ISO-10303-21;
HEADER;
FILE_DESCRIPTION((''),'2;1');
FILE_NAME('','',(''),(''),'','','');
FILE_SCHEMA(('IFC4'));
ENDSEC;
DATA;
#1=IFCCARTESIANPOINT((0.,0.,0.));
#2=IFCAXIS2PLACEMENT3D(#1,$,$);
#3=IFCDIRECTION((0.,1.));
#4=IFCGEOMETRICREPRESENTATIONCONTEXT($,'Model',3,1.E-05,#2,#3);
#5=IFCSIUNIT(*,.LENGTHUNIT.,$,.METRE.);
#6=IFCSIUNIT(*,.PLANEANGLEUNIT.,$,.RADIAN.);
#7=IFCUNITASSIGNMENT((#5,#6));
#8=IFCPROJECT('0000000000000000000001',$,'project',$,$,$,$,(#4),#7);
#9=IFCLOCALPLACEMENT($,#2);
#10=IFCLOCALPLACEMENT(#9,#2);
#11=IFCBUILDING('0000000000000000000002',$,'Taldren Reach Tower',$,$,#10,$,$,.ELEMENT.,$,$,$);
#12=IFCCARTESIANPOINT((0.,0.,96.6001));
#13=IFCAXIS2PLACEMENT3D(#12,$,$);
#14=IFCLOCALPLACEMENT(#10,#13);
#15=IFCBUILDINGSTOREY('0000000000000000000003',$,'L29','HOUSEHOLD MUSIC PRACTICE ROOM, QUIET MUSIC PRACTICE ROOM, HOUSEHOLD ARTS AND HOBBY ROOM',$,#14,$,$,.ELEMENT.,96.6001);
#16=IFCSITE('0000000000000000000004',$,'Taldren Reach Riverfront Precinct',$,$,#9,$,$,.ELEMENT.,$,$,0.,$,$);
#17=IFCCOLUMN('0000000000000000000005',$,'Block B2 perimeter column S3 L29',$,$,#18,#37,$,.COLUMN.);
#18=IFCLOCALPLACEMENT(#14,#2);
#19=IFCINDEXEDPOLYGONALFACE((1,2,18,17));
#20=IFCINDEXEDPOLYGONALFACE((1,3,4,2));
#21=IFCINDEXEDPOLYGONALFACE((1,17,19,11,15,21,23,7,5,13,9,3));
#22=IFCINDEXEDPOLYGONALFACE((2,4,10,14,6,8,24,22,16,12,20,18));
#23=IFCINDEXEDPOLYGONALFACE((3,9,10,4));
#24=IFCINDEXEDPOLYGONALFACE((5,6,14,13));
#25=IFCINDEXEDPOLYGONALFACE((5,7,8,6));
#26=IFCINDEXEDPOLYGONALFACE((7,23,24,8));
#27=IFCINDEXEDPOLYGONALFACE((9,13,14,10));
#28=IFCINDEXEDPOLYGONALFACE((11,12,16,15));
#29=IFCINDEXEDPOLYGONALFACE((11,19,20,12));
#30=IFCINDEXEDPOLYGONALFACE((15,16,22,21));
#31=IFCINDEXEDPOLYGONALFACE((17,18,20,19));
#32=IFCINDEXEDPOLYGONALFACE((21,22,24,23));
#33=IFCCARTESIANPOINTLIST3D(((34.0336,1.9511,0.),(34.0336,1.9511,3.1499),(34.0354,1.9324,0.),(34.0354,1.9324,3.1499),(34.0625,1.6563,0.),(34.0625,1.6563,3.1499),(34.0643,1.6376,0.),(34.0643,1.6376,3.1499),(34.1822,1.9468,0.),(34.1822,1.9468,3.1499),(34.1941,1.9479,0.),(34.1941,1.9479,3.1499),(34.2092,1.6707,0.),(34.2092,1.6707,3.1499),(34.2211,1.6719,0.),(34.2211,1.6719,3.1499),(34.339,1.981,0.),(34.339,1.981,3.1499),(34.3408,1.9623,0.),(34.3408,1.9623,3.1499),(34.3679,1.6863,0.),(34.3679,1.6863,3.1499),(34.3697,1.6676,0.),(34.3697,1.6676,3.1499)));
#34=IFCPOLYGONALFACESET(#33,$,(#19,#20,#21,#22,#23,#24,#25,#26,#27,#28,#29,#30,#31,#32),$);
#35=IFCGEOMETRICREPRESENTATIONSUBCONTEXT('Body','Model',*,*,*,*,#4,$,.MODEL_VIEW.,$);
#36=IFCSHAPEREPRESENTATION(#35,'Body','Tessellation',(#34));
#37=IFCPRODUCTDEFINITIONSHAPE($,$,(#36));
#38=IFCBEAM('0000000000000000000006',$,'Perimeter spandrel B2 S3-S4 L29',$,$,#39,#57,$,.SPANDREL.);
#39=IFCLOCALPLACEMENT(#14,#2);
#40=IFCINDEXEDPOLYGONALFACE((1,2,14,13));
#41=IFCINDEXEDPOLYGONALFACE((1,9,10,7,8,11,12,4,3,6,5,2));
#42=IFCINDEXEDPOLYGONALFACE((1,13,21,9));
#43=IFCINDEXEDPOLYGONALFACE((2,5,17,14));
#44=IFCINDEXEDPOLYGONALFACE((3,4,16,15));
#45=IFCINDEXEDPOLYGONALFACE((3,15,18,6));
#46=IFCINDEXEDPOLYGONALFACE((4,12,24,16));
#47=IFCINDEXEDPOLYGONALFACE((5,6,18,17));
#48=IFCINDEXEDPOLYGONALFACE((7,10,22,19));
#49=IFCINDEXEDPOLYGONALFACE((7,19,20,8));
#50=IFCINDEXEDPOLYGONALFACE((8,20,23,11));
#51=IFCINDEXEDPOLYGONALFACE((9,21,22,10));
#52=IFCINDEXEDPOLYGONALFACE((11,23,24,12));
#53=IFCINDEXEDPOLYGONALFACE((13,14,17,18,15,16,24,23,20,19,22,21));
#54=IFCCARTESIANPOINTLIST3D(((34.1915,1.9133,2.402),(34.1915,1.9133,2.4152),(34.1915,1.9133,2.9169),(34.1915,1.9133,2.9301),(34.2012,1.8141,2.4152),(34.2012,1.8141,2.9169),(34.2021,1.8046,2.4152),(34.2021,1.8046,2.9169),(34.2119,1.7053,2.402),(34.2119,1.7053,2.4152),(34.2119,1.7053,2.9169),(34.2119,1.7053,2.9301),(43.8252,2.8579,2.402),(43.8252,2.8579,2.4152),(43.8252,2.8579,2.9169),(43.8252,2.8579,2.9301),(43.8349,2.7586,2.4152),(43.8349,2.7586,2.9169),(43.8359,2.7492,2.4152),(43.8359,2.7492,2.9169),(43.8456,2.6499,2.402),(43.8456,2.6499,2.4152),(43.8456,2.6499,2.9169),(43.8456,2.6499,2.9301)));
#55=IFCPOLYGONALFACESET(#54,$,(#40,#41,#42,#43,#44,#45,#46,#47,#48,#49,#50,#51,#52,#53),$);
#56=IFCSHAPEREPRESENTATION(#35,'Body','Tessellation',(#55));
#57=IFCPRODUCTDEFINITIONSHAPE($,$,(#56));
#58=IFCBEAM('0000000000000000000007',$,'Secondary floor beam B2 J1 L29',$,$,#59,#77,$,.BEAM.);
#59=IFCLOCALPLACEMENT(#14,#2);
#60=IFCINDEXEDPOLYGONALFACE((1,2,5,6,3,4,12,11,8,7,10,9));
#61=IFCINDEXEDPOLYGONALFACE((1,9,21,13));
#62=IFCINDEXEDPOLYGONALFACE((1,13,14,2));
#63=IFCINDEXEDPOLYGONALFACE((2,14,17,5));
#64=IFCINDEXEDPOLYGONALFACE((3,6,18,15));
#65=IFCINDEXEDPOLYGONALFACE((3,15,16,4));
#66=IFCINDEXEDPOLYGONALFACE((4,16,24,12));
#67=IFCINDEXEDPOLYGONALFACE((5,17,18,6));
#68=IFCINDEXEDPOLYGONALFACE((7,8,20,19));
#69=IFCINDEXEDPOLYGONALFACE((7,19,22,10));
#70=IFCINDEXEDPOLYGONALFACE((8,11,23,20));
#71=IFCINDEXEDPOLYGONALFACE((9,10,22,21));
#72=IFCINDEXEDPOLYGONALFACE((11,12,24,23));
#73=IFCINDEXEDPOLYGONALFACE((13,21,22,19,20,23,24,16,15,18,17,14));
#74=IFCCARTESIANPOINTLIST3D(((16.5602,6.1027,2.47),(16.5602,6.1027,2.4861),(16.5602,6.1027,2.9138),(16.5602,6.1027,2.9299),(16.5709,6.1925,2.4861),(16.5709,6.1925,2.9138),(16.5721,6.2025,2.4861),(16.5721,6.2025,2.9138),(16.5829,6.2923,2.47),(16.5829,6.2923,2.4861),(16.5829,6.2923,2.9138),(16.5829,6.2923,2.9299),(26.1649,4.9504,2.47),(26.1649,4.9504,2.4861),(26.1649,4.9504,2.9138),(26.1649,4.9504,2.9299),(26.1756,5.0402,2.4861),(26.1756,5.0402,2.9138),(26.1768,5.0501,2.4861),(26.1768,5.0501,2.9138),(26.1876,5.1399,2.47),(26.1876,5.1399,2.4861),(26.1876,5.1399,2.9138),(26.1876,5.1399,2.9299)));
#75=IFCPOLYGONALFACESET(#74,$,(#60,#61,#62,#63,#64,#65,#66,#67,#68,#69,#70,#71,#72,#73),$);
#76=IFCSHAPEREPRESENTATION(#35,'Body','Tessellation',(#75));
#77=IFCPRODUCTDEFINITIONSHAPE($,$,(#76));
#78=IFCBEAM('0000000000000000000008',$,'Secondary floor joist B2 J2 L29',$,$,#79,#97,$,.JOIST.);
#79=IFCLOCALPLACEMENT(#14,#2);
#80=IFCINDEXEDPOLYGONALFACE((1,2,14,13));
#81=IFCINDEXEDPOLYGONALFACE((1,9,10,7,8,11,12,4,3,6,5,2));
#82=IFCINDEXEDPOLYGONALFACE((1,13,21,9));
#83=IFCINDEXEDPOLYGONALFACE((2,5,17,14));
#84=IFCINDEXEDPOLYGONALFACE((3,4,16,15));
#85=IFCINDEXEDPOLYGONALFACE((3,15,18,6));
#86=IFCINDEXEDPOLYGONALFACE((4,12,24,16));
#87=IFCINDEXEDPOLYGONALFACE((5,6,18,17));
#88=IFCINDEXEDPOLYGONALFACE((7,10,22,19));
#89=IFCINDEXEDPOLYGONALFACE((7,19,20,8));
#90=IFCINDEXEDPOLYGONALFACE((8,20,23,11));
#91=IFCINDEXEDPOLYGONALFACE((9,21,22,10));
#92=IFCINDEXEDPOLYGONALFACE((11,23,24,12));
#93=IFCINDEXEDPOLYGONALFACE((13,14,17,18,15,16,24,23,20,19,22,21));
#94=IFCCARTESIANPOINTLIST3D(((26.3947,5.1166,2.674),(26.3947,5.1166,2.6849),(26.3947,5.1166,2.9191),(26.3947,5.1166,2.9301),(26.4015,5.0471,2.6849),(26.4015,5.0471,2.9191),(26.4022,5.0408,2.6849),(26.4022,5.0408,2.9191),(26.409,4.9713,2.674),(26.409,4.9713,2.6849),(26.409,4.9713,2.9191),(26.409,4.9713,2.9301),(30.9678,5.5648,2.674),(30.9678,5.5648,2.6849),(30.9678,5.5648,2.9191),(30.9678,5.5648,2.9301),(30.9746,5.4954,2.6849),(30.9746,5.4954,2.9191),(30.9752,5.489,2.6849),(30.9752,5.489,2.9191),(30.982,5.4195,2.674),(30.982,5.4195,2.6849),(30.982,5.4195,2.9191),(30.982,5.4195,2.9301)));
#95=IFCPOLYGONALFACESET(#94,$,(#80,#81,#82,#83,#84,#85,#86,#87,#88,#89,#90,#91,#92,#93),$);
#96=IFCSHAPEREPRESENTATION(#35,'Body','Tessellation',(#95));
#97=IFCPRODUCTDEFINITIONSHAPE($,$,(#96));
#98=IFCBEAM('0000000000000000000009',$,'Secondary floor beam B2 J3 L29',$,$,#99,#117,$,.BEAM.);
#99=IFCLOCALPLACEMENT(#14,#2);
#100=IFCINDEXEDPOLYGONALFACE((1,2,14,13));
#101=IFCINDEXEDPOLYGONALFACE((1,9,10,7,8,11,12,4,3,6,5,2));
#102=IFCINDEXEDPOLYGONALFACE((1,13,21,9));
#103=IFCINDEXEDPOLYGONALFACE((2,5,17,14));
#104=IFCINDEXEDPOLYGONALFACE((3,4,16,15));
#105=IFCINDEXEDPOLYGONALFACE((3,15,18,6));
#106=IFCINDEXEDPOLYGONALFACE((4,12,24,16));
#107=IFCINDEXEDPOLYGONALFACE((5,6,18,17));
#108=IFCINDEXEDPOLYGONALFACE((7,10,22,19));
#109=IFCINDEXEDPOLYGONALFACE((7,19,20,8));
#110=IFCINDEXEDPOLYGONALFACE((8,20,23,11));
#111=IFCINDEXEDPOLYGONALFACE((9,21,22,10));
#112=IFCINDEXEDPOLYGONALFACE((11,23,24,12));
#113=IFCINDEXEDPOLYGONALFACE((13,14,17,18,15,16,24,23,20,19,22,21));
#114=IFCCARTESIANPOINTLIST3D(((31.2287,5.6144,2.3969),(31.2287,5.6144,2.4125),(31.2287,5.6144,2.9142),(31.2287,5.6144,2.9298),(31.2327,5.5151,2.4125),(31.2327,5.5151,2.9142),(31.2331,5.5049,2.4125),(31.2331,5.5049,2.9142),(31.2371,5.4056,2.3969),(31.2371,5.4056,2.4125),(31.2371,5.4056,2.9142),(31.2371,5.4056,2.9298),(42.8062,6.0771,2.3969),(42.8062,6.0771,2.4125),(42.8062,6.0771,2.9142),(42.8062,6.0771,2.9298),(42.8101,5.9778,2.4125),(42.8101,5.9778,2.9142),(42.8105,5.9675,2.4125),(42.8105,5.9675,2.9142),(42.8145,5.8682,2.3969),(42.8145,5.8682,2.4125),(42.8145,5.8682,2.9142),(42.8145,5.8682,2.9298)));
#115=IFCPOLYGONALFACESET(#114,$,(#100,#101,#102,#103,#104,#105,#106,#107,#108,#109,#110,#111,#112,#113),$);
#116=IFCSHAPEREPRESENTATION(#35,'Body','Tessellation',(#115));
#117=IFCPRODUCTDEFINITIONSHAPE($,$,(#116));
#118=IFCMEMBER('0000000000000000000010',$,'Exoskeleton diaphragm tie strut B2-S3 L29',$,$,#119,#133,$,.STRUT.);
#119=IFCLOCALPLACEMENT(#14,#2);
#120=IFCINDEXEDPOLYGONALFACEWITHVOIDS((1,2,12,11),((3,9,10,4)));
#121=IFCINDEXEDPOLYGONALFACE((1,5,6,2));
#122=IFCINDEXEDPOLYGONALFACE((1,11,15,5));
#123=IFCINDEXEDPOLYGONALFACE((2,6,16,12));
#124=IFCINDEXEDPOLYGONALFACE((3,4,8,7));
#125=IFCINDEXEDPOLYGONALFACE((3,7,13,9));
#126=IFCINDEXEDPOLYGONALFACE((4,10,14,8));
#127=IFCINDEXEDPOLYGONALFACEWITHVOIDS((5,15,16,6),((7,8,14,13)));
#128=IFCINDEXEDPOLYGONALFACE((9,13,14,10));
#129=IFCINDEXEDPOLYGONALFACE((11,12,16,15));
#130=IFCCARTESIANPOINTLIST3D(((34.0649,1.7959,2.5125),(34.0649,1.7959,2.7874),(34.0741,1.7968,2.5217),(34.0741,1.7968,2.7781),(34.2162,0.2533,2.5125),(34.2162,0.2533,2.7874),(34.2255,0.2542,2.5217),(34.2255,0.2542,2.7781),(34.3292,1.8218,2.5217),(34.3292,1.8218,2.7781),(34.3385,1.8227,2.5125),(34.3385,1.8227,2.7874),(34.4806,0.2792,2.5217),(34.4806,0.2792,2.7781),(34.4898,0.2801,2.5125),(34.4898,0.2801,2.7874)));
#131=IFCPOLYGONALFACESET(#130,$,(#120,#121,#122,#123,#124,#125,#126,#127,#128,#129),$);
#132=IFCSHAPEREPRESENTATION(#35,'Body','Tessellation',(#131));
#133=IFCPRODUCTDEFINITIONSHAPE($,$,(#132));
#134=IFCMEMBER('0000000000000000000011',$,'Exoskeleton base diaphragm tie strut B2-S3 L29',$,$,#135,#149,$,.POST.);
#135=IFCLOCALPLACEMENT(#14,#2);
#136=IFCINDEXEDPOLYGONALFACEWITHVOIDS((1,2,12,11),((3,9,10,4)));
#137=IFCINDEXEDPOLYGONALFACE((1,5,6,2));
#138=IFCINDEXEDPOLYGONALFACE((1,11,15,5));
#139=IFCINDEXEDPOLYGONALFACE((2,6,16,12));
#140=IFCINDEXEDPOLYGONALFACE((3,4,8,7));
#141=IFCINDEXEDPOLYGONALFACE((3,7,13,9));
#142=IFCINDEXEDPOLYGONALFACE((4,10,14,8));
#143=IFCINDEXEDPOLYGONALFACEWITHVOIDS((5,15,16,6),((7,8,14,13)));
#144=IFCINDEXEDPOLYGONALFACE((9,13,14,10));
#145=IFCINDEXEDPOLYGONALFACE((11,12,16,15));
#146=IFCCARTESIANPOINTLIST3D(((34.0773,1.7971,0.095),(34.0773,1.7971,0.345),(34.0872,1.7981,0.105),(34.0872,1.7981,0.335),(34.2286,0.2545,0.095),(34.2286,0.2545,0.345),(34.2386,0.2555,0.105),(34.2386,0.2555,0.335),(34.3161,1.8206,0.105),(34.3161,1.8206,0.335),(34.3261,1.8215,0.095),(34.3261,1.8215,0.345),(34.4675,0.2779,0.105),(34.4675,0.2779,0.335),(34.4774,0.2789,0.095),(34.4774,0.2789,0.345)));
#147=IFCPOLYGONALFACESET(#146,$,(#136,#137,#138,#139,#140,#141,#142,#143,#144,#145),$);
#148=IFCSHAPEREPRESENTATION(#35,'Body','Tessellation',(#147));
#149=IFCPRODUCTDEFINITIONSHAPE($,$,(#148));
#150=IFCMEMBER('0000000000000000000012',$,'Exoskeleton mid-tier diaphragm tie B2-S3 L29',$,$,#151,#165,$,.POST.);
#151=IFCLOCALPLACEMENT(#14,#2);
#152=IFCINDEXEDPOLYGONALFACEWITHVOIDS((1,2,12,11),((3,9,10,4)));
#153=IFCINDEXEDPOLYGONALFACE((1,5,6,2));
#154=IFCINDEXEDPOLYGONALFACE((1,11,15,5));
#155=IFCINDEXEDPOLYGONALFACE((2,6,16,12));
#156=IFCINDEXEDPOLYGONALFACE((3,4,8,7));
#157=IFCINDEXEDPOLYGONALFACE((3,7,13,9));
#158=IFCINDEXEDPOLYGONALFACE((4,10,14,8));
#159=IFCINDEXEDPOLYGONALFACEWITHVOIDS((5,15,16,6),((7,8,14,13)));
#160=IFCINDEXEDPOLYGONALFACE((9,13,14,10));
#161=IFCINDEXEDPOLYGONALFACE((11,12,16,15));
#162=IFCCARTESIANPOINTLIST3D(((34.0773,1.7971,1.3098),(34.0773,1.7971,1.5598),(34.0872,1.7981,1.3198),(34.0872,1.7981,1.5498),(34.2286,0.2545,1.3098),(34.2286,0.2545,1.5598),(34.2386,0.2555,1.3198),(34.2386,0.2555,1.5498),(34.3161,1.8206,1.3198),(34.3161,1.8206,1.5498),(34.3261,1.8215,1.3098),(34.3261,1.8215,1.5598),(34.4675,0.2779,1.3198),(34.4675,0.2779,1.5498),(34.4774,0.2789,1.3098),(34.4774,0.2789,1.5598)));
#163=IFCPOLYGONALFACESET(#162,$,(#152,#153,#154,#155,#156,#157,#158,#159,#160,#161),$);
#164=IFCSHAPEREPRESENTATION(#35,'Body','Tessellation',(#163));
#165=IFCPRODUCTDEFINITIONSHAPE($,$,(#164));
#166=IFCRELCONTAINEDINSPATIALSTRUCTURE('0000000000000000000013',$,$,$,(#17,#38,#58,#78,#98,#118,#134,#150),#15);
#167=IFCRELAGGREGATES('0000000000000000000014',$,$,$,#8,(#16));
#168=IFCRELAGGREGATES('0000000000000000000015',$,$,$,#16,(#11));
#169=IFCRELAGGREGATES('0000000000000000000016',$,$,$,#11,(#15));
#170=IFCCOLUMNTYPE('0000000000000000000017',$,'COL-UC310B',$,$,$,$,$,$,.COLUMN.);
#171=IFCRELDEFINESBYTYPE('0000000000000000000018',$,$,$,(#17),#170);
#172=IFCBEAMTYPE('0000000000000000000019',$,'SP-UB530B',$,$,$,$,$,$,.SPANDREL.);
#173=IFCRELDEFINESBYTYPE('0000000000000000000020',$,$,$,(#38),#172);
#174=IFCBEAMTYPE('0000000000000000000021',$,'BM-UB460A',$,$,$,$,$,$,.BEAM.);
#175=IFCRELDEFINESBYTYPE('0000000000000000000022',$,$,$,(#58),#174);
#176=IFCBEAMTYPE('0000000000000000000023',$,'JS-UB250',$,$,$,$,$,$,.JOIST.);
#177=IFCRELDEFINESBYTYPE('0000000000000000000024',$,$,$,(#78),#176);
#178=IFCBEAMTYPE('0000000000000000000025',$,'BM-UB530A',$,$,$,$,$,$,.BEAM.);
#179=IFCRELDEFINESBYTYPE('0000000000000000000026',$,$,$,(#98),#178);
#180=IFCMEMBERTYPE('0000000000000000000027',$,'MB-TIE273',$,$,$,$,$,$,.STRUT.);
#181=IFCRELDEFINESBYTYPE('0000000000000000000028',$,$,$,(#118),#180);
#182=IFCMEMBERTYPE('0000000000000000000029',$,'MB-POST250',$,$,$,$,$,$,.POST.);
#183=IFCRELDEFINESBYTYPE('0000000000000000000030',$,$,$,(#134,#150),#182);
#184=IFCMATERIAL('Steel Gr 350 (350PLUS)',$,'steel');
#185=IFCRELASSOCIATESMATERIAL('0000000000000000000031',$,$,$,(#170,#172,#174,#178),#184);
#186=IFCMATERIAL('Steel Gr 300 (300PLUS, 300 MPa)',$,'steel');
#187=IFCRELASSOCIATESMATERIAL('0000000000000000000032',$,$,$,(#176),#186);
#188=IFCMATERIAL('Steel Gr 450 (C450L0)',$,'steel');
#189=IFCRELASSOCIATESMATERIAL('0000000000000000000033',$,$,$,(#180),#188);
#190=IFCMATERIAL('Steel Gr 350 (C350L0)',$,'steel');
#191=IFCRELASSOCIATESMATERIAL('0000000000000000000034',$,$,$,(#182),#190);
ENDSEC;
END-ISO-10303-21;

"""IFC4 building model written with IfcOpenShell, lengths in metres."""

from ifc_helpers import new_model, si_unit, direction, frame, origin, origin_2d, place, context, subcontext, project, spatial, hollow_rectangle, i_section, extrude, source, transform, mapped, material, material_profile, profile_set, type_object, element, save


model = new_model("IFC4")

# Units and contexts
model_context = context("Model", 3, precision=1e-05, world=origin(), true_north=direction((0.0, 1.0)))
body_context = subcontext(model_context, "Body", "Model", "MODEL_VIEW")
ifc_project = project(units=[si_unit("LENGTHUNIT", "METRE"), si_unit("PLANEANGLEUNIT", "RADIAN")], contexts=[model_context])

# Site, building, storey
site_placement = place(None, origin())
site = spatial("IfcSite", under=ifc_project, at=site_placement, Name="Taldren Reach Riverfront Precinct", CompositionType="ELEMENT", RefElevation=0.0)
building_placement = place(site_placement, origin())
building = spatial("IfcBuilding", under=site, at=building_placement, Name="Taldren Reach Tower", CompositionType="ELEMENT")
storey_placement = place(building_placement, frame((0.0, 0.0, 96.6001)))
storey = spatial("IfcBuildingStorey", under=building, at=storey_placement, Name="L29", Description="HOUSEHOLD MUSIC PRACTICE ROOM, QUIET MUSIC PRACTICE ROOM, HOUSEHOLD ARTS AND HOBBY ROOM", CompositionType="ELEMENT", Elevation=96.6001)

# Column
ifc_material_1 = material(Name="Steel Gr 350 (350PLUS)", Category="steel")
ifc_material_profile_1 = material_profile(ifc_material_1, i_section(OverallWidth=0.3069, OverallDepth=0.3149, WebThickness=0.012, FlangeThickness=0.0188, at=origin_2d()), Name="310UC118")
ifc_profile_set_1 = profile_set([ifc_material_profile_1], Name="Steel Gr 350 (350PLUS)")
column_type = type_object("IfcColumnType", Name="COL-UC310B", PredefinedType="COLUMN", material=ifc_profile_set_1)
shared_shape_1 = source(origin(), body_context, "Body", "SweptSolid", [
    extrude(i_section(OverallWidth=0.3069, OverallDepth=0.3149, WebThickness=0.012, FlangeThickness=0.0188, at=origin_2d()), origin(), (0.0, 0.0, 1.0), 3.1499),
])
column_placement = place(storey_placement, frame((34.2017, 1.8093, 0.0), z_axis=(0.0, 0.0, 1.0), x_axis=(0.995227, 0.097583, 0.0)))
element("IfcColumn", 1, at=column_placement, inside=storey, type_object=column_type, Name="Block B2 perimeter column S3 L29", PredefinedType="COLUMN", context=body_context, shape_type="MappedRepresentation", body=[
    mapped(shared_shape_1, transform((0.0, 0.0, 0.0), scale=1.0)),
])

# Beams
ifc_material_profile_2 = material_profile(ifc_material_1, i_section(OverallWidth=0.209, OverallDepth=0.5281, WebThickness=0.0095, FlangeThickness=0.0132, at=origin_2d()), Name="530UB82.0")
ifc_profile_set_2 = profile_set([ifc_material_profile_2], Name="Steel Gr 350 (350PLUS)")
beam_type_1 = type_object("IfcBeamType", Name="SP-UB530B", PredefinedType="SPANDREL", material=ifc_profile_set_2)
shared_shape_2 = source(origin(), body_context, "Body", "SweptSolid", [
    extrude(i_section(OverallWidth=0.209, OverallDepth=0.5281, WebThickness=0.0095, FlangeThickness=0.0132, at=origin_2d()), origin(), (0.0, 0.0, 1.0), 9.6799),
])
beam_1_placement = place(storey_placement, frame((34.2017, 1.8093, 2.666), z_axis=(0.995228, 0.097581, 0.0), x_axis=(-0.097581, 0.995228, 0.0)))
element("IfcBeam", 2, at=beam_1_placement, inside=storey, type_object=beam_type_1, Name="Perimeter spandrel B2 S3-S4 L29", PredefinedType="SPANDREL", context=body_context, shape_type="MappedRepresentation", body=[
    mapped(shared_shape_2, transform((0.0, 0.0, 0.0), scale=1.0)),
])
ifc_material_profile_3 = material_profile(ifc_material_1, i_section(OverallWidth=0.1909, OverallDepth=0.46, WebThickness=0.01, FlangeThickness=0.0161, at=origin_2d()), Name="460UB82.1")
ifc_profile_set_3 = profile_set([ifc_material_profile_3], Name="Steel Gr 350 (350PLUS)")
beam_type_2 = type_object("IfcBeamType", Name="BM-UB460A", PredefinedType="BEAM", material=ifc_profile_set_3)
shared_shape_3 = source(origin(), body_context, "Body", "SweptSolid", [
    extrude(i_section(OverallWidth=0.1909, OverallDepth=0.46, WebThickness=0.01, FlangeThickness=0.0161, at=origin_2d()), origin(), (0.0, 0.0, 1.0), 9.6736),
])
beam_2_placement = place(storey_placement, frame((16.5715, 6.1975, 2.7), z_axis=(0.99288, -0.119122, 0.0), x_axis=(0.119122, 0.99288, 0.0)))
element("IfcBeam", 3, at=beam_2_placement, inside=storey, type_object=beam_type_2, Name="Secondary floor beam B2 J1 L29", PredefinedType="BEAM", context=body_context, shape_type="MappedRepresentation", body=[
    mapped(shared_shape_3, transform((0.0, 0.0, 0.0), scale=1.0)),
])
ifc_material_2 = material(Name="Steel Gr 300 (300PLUS, 300 MPa)", Category="steel")
ifc_material_profile_4 = material_profile(ifc_material_2, i_section(OverallWidth=0.146, OverallDepth=0.2561, WebThickness=0.0063, FlangeThickness=0.011, at=origin_2d()), Name="250UB37.3")
ifc_profile_set_4 = profile_set([ifc_material_profile_4], Name="Steel Gr 300 (300PLUS, 300 MPa)")
beam_type_3 = type_object("IfcBeamType", Name="JS-UB250", PredefinedType="JOIST", material=ifc_profile_set_4)
shared_shape_4 = source(origin(), body_context, "Body", "SweptSolid", [
    extrude(i_section(OverallWidth=0.146, OverallDepth=0.2561, WebThickness=0.0063, FlangeThickness=0.011, at=origin_2d()), origin(), (0.0, 0.0, 1.0), 4.595),
])
beam_3_placement = place(storey_placement, frame((26.4019, 5.0439, 2.802), z_axis=(0.99523, 0.097552, 0.0), x_axis=(-0.097552, 0.99523, 0.0)))
element("IfcBeam", 4, at=beam_3_placement, inside=storey, type_object=beam_type_3, Name="Secondary floor joist B2 J2 L29", PredefinedType="JOIST", context=body_context, shape_type="MappedRepresentation", body=[
    mapped(shared_shape_4, transform((0.0, 0.0, 0.0), scale=1.0)),
])
ifc_material_profile_5 = material_profile(ifc_material_1, i_section(OverallWidth=0.209, OverallDepth=0.533, WebThickness=0.0103, FlangeThickness=0.0156, at=origin_2d()), Name="530UB92.4")
ifc_profile_set_5 = profile_set([ifc_material_profile_5], Name="Steel Gr 350 (350PLUS)")
beam_type_4 = type_object("IfcBeamType", Name="BM-UB530A", PredefinedType="BEAM", material=ifc_profile_set_5)
shared_shape_5 = source(origin(), body_context, "Body", "SweptSolid", [
    extrude(i_section(OverallWidth=0.209, OverallDepth=0.533, WebThickness=0.0103, FlangeThickness=0.0156, at=origin_2d()), origin(), (0.0, 0.0, 1.0), 11.5867),
])
beam_4_placement = place(storey_placement, frame((31.2329, 5.51, 2.6633), z_axis=(0.999203, 0.039929, 0.0), x_axis=(-0.039929, 0.999203, 0.0)))
element("IfcBeam", 5, at=beam_4_placement, inside=storey, type_object=beam_type_4, Name="Secondary floor beam B2 J3 L29", PredefinedType="BEAM", context=body_context, shape_type="MappedRepresentation", body=[
    mapped(shared_shape_5, transform((0.0, 0.0, 0.0), scale=1.0)),
])

# Members
ifc_material_3 = material(Name="Steel Gr 450 (C450L0)", Category="steel")
ifc_material_profile_6 = material_profile(ifc_material_3, hollow_rectangle(XDim=0.2749, YDim=0.2749, WallThickness=0.0093, at=origin_2d()), Name="275x275x9.3SHS")
ifc_profile_set_6 = profile_set([ifc_material_profile_6], Name="Steel Gr 450 (C450L0)")
member_type_1 = type_object("IfcMemberType", Name="MB-TIE273", PredefinedType="STRUT", material=ifc_profile_set_6)
shared_shape_6 = source(origin(), body_context, "Body", "SweptSolid", [
    extrude(hollow_rectangle(XDim=0.2749, YDim=0.2749, WallThickness=0.0093, at=origin_2d()), origin(), (0.0, 0.0, 1.0), 1.55),
])
member_1_placement = place(storey_placement, frame((34.2017, 1.8093, 2.6499), z_axis=(0.097648, -0.995221, 0.0), x_axis=(0.995221, 0.097648, 0.0)))
element("IfcMember", 6, at=member_1_placement, inside=storey, type_object=member_type_1, Name="Exoskeleton diaphragm tie strut B2-S3 L29", PredefinedType="STRUT", context=body_context, shape_type="MappedRepresentation", body=[
    mapped(shared_shape_6, transform((0.0, 0.0, 0.0), scale=1.0)),
])
ifc_material_4 = material(Name="Steel Gr 350 (C350L0)", Category="steel")
ifc_material_profile_7 = material_profile(ifc_material_4, hollow_rectangle(XDim=0.25, YDim=0.25, WallThickness=0.01, at=origin_2d()), Name="250x250x10.0SHS")
ifc_profile_set_7 = profile_set([ifc_material_profile_7], Name="Steel Gr 350 (C350L0)")
member_type_2 = type_object("IfcMemberType", Name="MB-POST250", PredefinedType="POST", material=ifc_profile_set_7)
shared_shape_7 = source(origin(), body_context, "Body", "SweptSolid", [
    extrude(hollow_rectangle(XDim=0.25, YDim=0.25, WallThickness=0.01, at=origin_2d()), origin(), (0.0, 0.0, 1.0), 1.55),
])
for number, where, z_axis, x_axis, name in (
    (7, (34.2017, 1.8093, 0.22), (0.097648, -0.995221, 0.0), (0.995221, 0.097648, 0.0), "Exoskeleton base diaphragm tie strut B2-S3 L29"),
    (8, (34.2017, 1.8093, 1.4348), (0.097648, -0.995221, 0.0), (0.995221, 0.097648, 0.0), "Exoskeleton mid-tier diaphragm tie B2-S3 L29"),
):
    element("IfcMember", number, at=place(storey_placement, frame(where, z_axis=z_axis, x_axis=x_axis)), inside=storey, type_object=member_type_2, Name=name, PredefinedType="POST", context=body_context, shape_type="MappedRepresentation", body=[
        mapped(shared_shape_7, transform((0.0, 0.0, 0.0), scale=1.0)),
    ])

save(model, "model.ifc")
